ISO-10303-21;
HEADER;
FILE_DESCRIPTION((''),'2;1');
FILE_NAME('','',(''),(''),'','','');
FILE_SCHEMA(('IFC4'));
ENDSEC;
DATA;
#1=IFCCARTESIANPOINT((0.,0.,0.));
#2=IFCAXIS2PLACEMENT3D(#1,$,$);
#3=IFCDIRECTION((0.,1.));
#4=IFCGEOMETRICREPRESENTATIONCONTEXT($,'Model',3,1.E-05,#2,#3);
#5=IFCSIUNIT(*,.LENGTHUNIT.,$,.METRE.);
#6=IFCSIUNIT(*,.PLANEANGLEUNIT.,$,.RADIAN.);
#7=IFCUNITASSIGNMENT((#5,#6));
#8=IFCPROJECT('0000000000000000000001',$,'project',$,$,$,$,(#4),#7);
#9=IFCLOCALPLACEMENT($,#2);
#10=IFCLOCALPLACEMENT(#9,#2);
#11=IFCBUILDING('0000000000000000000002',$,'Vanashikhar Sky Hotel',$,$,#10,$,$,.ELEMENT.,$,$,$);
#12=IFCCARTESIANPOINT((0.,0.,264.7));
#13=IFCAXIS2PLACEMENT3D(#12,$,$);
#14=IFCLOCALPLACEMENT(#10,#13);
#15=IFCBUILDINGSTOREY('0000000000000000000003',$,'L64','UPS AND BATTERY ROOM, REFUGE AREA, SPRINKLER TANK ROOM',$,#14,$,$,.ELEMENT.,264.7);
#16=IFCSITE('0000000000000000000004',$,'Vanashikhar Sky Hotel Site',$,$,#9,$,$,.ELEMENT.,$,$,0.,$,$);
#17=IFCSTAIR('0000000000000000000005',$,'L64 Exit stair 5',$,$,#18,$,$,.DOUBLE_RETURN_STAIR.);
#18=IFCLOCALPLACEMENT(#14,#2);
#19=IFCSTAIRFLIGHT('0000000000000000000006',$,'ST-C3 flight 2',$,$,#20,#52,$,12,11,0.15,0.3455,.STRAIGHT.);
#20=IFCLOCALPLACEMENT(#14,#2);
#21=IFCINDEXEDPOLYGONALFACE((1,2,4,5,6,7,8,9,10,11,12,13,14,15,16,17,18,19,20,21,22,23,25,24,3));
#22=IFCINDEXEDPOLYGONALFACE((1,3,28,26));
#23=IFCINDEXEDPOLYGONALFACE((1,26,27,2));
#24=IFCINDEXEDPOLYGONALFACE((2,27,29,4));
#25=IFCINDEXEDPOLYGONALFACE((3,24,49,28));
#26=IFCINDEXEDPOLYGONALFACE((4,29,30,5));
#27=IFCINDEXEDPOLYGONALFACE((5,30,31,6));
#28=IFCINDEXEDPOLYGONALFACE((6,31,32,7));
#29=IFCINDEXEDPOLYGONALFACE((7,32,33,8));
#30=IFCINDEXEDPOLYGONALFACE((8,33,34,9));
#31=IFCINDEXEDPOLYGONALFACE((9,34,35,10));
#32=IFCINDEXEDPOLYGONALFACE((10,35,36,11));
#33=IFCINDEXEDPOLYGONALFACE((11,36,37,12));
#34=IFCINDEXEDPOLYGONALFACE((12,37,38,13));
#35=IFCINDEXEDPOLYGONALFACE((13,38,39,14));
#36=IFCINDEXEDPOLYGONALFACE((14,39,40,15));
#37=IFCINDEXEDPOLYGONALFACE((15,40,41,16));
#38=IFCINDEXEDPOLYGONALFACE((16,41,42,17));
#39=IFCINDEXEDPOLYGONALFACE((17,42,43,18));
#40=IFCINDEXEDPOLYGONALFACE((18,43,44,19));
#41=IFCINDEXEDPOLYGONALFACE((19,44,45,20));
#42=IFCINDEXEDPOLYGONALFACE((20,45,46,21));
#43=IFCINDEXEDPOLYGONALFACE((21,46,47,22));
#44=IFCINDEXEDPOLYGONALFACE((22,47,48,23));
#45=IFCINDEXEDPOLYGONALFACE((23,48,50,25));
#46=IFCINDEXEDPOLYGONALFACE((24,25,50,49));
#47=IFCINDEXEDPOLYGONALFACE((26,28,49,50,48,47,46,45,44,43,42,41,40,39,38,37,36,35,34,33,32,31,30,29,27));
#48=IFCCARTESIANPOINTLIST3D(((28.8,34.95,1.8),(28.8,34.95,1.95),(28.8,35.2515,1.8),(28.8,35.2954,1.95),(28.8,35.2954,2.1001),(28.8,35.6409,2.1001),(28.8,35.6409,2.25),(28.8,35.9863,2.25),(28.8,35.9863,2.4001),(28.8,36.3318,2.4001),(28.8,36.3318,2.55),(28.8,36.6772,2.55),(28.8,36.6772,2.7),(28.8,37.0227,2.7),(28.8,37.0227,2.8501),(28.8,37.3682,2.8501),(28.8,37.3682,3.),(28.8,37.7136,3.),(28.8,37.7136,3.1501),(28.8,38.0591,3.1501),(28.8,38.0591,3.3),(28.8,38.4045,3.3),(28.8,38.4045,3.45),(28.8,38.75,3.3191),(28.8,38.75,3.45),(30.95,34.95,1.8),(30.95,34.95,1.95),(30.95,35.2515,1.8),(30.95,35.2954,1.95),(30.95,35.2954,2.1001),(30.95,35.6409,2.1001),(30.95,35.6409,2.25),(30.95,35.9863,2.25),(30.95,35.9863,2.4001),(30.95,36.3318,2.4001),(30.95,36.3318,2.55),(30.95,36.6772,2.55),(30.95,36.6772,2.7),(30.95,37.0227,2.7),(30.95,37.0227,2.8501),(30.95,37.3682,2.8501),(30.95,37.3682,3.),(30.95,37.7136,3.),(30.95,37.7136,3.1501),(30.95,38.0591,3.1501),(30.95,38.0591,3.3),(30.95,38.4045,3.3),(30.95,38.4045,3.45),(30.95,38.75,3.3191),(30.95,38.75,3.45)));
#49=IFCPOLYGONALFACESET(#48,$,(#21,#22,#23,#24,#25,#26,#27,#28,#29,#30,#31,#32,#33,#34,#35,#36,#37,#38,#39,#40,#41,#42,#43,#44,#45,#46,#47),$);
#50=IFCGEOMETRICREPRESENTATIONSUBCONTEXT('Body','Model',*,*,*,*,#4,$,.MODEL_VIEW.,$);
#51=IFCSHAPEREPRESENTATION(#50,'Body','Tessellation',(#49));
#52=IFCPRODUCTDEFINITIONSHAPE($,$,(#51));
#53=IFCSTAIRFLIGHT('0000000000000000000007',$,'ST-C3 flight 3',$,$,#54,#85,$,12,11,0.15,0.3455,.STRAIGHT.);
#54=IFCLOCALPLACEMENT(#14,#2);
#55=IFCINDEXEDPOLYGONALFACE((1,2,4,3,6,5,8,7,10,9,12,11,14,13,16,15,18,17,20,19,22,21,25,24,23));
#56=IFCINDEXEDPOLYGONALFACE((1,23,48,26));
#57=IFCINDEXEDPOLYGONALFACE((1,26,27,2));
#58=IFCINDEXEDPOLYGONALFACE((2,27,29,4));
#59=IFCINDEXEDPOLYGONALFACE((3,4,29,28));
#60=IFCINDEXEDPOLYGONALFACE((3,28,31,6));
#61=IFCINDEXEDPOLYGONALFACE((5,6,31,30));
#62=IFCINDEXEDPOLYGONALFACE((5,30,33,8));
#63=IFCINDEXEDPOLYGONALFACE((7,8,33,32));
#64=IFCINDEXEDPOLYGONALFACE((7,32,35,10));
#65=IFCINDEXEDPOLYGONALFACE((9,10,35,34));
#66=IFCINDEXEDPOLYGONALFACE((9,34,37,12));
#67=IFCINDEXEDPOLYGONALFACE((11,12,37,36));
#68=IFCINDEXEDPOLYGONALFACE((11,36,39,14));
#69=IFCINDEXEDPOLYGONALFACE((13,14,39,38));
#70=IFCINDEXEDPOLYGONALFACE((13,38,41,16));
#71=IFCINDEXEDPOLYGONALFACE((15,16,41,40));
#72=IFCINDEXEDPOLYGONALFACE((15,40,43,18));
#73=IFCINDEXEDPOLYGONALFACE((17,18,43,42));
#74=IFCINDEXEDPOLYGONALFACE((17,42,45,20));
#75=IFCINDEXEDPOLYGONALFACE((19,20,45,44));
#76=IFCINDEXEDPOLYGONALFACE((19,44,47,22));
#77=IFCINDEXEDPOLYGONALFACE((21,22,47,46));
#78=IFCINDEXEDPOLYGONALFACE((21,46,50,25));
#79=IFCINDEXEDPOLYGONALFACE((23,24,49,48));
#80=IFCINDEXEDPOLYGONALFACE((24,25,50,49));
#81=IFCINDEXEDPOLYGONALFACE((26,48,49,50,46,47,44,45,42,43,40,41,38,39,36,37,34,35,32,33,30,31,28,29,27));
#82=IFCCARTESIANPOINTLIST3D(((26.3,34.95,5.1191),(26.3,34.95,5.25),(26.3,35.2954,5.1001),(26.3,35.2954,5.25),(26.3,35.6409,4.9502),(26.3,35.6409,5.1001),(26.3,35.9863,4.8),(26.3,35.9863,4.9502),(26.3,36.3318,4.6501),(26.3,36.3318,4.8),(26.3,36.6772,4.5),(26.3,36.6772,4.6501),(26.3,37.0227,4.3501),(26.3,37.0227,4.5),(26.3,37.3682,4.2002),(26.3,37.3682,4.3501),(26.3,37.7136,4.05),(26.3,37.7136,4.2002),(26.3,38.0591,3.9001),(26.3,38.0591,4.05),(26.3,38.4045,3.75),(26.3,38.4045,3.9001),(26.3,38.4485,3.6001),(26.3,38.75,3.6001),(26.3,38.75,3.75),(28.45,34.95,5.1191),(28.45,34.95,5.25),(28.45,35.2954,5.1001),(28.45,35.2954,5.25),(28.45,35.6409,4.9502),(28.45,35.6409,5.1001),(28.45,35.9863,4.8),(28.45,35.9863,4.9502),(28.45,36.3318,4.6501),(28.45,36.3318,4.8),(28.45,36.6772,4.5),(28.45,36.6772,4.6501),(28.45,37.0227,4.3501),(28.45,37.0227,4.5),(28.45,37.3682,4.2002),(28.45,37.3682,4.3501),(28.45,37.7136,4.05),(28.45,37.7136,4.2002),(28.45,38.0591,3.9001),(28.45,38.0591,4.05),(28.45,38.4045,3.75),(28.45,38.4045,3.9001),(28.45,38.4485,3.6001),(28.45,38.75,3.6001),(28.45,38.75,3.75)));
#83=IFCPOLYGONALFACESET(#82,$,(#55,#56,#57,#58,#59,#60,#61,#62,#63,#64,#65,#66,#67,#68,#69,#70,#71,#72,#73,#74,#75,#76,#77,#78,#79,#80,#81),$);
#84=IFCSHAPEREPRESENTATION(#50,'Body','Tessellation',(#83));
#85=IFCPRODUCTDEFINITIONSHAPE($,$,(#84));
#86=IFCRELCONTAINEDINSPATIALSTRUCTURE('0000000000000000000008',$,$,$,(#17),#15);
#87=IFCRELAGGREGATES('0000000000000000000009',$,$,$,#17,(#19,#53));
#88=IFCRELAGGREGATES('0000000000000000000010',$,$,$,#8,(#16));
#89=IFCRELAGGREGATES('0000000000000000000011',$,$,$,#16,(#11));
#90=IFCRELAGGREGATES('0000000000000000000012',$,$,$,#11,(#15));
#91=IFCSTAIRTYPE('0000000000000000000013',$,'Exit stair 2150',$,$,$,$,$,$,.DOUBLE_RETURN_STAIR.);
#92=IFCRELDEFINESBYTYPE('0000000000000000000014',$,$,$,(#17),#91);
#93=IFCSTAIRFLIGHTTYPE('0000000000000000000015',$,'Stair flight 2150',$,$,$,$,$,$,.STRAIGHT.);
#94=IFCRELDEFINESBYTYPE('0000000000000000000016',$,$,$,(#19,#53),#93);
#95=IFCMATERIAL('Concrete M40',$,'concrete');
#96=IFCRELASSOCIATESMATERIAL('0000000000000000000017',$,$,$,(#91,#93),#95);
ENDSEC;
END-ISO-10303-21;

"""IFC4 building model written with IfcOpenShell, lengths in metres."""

from ifc_helpers import new_model, si_unit, direction, frame, origin, place, context, subcontext, project, spatial, polyline, outline, extrude, source, transform, mapped, material, type_object, element, aggregate, save


model = new_model("IFC4")

# Units and contexts
model_context = context("Model", 3, precision=1e-05, world=origin(), true_north=direction((0.0, 1.0)))
body_context = subcontext(model_context, "Body", "Model", "MODEL_VIEW")
ifc_project = project(units=[si_unit("LENGTHUNIT", "METRE"), si_unit("PLANEANGLEUNIT", "RADIAN")], contexts=[model_context])

# Site, building, storey
site_placement = place(None, origin())
site = spatial("IfcSite", under=ifc_project, at=site_placement, Name="Vanashikhar Sky Hotel Site", CompositionType="ELEMENT", RefElevation=0.0)
building_placement = place(site_placement, origin())
building = spatial("IfcBuilding", under=site, at=building_placement, Name="Vanashikhar Sky Hotel", CompositionType="ELEMENT")
storey_placement = place(building_placement, frame((0.0, 0.0, 264.7)))
storey = spatial("IfcBuildingStorey", under=building, at=storey_placement, Name="L64", Description="UPS AND BATTERY ROOM, REFUGE AREA, SPRINKLER TANK ROOM", CompositionType="ELEMENT", Elevation=264.7)

# Shared definitions
ifc_material_1 = material(Name="Concrete M40", Category="concrete")

# Stair, stair flights
stair_type = type_object("IfcStairType", Name="Exit stair 2150", PredefinedType="DOUBLE_RETURN_STAIR", material=ifc_material_1)
stair_flight_type = type_object("IfcStairFlightType", Name="Stair flight 2150", PredefinedType="STRAIGHT", material=ifc_material_1)
shared_shape_1 = source(origin(), body_context, "Body", "SweptSolid", [
    extrude(outline(polyline([(0.0, 0.0), (0.0, 0.1499), (0.3455, 0.1499), (0.3455, 0.3), (0.6909, 0.3), (0.6909, 0.45), (1.0364, 0.45), (1.0364, 0.6001), (1.3818, 0.6001), (1.3818, 0.75), (1.7273, 0.75), (1.7273, 0.8999), (2.0728, 0.8999), (2.0728, 1.05), (2.4182, 1.05), (2.4182, 1.2), (2.7637, 1.2), (2.7637, 1.3501), (3.1091, 1.3501), (3.1091, 1.5), (3.4546, 1.5), (3.4546, 1.6499), (3.8, 1.6499), (3.8, 1.8), (3.8, 1.519), (0.3015, 0.0), (0.0, 0.0)])), frame((0.0, 1.075, 0.0), z_axis=(0.0, -1.0, 0.0), x_axis=(1.0, 0.0, 0.0)), (0.0, 0.0, 1.0), 2.1499),
])
stair_1_placement = place(storey_placement, origin())
stair_1 = element("IfcStair", 1, at=stair_1_placement, inside=storey, type_object=stair_type, Name="L64 Exit stair 5", PredefinedType="DOUBLE_RETURN_STAIR")
stair_flight_1_placement = place(storey_placement, frame((29.875, 34.95, 1.8), z_axis=(0.0, 0.0, 1.0), x_axis=(0.0, 1.0, 0.0)))
stair_flight_1 = element("IfcStairFlight", 2, at=stair_flight_1_placement, type_object=stair_flight_type, Name="ST-C3 flight 2", NumberOfRisers=12, NumberOfTreads=11, PredefinedType="STRAIGHT", RiserHeight=0.15, TreadLength=0.3455, context=body_context, shape_type="MappedRepresentation", body=[
    mapped(shared_shape_1, transform((0.0, 0.0, 0.0), scale=1.0)),
])
stair_flight_2_placement = place(storey_placement, frame((27.375, 38.75, 3.6001), z_axis=(0.0, 0.0, 1.0), x_axis=(0.0, -1.0, 0.0)))
stair_flight_2 = element("IfcStairFlight", 3, at=stair_flight_2_placement, type_object=stair_flight_type, Name="ST-C3 flight 3", NumberOfRisers=12, NumberOfTreads=11, PredefinedType="STRAIGHT", RiserHeight=0.15, TreadLength=0.3455, context=body_context, shape_type="MappedRepresentation", body=[
    mapped(shared_shape_1, transform((0.0, 0.0, 0.0), scale=1.0)),
])
aggregate(stair_1, [stair_flight_1, stair_flight_2])

save(model, "model.ifc")
